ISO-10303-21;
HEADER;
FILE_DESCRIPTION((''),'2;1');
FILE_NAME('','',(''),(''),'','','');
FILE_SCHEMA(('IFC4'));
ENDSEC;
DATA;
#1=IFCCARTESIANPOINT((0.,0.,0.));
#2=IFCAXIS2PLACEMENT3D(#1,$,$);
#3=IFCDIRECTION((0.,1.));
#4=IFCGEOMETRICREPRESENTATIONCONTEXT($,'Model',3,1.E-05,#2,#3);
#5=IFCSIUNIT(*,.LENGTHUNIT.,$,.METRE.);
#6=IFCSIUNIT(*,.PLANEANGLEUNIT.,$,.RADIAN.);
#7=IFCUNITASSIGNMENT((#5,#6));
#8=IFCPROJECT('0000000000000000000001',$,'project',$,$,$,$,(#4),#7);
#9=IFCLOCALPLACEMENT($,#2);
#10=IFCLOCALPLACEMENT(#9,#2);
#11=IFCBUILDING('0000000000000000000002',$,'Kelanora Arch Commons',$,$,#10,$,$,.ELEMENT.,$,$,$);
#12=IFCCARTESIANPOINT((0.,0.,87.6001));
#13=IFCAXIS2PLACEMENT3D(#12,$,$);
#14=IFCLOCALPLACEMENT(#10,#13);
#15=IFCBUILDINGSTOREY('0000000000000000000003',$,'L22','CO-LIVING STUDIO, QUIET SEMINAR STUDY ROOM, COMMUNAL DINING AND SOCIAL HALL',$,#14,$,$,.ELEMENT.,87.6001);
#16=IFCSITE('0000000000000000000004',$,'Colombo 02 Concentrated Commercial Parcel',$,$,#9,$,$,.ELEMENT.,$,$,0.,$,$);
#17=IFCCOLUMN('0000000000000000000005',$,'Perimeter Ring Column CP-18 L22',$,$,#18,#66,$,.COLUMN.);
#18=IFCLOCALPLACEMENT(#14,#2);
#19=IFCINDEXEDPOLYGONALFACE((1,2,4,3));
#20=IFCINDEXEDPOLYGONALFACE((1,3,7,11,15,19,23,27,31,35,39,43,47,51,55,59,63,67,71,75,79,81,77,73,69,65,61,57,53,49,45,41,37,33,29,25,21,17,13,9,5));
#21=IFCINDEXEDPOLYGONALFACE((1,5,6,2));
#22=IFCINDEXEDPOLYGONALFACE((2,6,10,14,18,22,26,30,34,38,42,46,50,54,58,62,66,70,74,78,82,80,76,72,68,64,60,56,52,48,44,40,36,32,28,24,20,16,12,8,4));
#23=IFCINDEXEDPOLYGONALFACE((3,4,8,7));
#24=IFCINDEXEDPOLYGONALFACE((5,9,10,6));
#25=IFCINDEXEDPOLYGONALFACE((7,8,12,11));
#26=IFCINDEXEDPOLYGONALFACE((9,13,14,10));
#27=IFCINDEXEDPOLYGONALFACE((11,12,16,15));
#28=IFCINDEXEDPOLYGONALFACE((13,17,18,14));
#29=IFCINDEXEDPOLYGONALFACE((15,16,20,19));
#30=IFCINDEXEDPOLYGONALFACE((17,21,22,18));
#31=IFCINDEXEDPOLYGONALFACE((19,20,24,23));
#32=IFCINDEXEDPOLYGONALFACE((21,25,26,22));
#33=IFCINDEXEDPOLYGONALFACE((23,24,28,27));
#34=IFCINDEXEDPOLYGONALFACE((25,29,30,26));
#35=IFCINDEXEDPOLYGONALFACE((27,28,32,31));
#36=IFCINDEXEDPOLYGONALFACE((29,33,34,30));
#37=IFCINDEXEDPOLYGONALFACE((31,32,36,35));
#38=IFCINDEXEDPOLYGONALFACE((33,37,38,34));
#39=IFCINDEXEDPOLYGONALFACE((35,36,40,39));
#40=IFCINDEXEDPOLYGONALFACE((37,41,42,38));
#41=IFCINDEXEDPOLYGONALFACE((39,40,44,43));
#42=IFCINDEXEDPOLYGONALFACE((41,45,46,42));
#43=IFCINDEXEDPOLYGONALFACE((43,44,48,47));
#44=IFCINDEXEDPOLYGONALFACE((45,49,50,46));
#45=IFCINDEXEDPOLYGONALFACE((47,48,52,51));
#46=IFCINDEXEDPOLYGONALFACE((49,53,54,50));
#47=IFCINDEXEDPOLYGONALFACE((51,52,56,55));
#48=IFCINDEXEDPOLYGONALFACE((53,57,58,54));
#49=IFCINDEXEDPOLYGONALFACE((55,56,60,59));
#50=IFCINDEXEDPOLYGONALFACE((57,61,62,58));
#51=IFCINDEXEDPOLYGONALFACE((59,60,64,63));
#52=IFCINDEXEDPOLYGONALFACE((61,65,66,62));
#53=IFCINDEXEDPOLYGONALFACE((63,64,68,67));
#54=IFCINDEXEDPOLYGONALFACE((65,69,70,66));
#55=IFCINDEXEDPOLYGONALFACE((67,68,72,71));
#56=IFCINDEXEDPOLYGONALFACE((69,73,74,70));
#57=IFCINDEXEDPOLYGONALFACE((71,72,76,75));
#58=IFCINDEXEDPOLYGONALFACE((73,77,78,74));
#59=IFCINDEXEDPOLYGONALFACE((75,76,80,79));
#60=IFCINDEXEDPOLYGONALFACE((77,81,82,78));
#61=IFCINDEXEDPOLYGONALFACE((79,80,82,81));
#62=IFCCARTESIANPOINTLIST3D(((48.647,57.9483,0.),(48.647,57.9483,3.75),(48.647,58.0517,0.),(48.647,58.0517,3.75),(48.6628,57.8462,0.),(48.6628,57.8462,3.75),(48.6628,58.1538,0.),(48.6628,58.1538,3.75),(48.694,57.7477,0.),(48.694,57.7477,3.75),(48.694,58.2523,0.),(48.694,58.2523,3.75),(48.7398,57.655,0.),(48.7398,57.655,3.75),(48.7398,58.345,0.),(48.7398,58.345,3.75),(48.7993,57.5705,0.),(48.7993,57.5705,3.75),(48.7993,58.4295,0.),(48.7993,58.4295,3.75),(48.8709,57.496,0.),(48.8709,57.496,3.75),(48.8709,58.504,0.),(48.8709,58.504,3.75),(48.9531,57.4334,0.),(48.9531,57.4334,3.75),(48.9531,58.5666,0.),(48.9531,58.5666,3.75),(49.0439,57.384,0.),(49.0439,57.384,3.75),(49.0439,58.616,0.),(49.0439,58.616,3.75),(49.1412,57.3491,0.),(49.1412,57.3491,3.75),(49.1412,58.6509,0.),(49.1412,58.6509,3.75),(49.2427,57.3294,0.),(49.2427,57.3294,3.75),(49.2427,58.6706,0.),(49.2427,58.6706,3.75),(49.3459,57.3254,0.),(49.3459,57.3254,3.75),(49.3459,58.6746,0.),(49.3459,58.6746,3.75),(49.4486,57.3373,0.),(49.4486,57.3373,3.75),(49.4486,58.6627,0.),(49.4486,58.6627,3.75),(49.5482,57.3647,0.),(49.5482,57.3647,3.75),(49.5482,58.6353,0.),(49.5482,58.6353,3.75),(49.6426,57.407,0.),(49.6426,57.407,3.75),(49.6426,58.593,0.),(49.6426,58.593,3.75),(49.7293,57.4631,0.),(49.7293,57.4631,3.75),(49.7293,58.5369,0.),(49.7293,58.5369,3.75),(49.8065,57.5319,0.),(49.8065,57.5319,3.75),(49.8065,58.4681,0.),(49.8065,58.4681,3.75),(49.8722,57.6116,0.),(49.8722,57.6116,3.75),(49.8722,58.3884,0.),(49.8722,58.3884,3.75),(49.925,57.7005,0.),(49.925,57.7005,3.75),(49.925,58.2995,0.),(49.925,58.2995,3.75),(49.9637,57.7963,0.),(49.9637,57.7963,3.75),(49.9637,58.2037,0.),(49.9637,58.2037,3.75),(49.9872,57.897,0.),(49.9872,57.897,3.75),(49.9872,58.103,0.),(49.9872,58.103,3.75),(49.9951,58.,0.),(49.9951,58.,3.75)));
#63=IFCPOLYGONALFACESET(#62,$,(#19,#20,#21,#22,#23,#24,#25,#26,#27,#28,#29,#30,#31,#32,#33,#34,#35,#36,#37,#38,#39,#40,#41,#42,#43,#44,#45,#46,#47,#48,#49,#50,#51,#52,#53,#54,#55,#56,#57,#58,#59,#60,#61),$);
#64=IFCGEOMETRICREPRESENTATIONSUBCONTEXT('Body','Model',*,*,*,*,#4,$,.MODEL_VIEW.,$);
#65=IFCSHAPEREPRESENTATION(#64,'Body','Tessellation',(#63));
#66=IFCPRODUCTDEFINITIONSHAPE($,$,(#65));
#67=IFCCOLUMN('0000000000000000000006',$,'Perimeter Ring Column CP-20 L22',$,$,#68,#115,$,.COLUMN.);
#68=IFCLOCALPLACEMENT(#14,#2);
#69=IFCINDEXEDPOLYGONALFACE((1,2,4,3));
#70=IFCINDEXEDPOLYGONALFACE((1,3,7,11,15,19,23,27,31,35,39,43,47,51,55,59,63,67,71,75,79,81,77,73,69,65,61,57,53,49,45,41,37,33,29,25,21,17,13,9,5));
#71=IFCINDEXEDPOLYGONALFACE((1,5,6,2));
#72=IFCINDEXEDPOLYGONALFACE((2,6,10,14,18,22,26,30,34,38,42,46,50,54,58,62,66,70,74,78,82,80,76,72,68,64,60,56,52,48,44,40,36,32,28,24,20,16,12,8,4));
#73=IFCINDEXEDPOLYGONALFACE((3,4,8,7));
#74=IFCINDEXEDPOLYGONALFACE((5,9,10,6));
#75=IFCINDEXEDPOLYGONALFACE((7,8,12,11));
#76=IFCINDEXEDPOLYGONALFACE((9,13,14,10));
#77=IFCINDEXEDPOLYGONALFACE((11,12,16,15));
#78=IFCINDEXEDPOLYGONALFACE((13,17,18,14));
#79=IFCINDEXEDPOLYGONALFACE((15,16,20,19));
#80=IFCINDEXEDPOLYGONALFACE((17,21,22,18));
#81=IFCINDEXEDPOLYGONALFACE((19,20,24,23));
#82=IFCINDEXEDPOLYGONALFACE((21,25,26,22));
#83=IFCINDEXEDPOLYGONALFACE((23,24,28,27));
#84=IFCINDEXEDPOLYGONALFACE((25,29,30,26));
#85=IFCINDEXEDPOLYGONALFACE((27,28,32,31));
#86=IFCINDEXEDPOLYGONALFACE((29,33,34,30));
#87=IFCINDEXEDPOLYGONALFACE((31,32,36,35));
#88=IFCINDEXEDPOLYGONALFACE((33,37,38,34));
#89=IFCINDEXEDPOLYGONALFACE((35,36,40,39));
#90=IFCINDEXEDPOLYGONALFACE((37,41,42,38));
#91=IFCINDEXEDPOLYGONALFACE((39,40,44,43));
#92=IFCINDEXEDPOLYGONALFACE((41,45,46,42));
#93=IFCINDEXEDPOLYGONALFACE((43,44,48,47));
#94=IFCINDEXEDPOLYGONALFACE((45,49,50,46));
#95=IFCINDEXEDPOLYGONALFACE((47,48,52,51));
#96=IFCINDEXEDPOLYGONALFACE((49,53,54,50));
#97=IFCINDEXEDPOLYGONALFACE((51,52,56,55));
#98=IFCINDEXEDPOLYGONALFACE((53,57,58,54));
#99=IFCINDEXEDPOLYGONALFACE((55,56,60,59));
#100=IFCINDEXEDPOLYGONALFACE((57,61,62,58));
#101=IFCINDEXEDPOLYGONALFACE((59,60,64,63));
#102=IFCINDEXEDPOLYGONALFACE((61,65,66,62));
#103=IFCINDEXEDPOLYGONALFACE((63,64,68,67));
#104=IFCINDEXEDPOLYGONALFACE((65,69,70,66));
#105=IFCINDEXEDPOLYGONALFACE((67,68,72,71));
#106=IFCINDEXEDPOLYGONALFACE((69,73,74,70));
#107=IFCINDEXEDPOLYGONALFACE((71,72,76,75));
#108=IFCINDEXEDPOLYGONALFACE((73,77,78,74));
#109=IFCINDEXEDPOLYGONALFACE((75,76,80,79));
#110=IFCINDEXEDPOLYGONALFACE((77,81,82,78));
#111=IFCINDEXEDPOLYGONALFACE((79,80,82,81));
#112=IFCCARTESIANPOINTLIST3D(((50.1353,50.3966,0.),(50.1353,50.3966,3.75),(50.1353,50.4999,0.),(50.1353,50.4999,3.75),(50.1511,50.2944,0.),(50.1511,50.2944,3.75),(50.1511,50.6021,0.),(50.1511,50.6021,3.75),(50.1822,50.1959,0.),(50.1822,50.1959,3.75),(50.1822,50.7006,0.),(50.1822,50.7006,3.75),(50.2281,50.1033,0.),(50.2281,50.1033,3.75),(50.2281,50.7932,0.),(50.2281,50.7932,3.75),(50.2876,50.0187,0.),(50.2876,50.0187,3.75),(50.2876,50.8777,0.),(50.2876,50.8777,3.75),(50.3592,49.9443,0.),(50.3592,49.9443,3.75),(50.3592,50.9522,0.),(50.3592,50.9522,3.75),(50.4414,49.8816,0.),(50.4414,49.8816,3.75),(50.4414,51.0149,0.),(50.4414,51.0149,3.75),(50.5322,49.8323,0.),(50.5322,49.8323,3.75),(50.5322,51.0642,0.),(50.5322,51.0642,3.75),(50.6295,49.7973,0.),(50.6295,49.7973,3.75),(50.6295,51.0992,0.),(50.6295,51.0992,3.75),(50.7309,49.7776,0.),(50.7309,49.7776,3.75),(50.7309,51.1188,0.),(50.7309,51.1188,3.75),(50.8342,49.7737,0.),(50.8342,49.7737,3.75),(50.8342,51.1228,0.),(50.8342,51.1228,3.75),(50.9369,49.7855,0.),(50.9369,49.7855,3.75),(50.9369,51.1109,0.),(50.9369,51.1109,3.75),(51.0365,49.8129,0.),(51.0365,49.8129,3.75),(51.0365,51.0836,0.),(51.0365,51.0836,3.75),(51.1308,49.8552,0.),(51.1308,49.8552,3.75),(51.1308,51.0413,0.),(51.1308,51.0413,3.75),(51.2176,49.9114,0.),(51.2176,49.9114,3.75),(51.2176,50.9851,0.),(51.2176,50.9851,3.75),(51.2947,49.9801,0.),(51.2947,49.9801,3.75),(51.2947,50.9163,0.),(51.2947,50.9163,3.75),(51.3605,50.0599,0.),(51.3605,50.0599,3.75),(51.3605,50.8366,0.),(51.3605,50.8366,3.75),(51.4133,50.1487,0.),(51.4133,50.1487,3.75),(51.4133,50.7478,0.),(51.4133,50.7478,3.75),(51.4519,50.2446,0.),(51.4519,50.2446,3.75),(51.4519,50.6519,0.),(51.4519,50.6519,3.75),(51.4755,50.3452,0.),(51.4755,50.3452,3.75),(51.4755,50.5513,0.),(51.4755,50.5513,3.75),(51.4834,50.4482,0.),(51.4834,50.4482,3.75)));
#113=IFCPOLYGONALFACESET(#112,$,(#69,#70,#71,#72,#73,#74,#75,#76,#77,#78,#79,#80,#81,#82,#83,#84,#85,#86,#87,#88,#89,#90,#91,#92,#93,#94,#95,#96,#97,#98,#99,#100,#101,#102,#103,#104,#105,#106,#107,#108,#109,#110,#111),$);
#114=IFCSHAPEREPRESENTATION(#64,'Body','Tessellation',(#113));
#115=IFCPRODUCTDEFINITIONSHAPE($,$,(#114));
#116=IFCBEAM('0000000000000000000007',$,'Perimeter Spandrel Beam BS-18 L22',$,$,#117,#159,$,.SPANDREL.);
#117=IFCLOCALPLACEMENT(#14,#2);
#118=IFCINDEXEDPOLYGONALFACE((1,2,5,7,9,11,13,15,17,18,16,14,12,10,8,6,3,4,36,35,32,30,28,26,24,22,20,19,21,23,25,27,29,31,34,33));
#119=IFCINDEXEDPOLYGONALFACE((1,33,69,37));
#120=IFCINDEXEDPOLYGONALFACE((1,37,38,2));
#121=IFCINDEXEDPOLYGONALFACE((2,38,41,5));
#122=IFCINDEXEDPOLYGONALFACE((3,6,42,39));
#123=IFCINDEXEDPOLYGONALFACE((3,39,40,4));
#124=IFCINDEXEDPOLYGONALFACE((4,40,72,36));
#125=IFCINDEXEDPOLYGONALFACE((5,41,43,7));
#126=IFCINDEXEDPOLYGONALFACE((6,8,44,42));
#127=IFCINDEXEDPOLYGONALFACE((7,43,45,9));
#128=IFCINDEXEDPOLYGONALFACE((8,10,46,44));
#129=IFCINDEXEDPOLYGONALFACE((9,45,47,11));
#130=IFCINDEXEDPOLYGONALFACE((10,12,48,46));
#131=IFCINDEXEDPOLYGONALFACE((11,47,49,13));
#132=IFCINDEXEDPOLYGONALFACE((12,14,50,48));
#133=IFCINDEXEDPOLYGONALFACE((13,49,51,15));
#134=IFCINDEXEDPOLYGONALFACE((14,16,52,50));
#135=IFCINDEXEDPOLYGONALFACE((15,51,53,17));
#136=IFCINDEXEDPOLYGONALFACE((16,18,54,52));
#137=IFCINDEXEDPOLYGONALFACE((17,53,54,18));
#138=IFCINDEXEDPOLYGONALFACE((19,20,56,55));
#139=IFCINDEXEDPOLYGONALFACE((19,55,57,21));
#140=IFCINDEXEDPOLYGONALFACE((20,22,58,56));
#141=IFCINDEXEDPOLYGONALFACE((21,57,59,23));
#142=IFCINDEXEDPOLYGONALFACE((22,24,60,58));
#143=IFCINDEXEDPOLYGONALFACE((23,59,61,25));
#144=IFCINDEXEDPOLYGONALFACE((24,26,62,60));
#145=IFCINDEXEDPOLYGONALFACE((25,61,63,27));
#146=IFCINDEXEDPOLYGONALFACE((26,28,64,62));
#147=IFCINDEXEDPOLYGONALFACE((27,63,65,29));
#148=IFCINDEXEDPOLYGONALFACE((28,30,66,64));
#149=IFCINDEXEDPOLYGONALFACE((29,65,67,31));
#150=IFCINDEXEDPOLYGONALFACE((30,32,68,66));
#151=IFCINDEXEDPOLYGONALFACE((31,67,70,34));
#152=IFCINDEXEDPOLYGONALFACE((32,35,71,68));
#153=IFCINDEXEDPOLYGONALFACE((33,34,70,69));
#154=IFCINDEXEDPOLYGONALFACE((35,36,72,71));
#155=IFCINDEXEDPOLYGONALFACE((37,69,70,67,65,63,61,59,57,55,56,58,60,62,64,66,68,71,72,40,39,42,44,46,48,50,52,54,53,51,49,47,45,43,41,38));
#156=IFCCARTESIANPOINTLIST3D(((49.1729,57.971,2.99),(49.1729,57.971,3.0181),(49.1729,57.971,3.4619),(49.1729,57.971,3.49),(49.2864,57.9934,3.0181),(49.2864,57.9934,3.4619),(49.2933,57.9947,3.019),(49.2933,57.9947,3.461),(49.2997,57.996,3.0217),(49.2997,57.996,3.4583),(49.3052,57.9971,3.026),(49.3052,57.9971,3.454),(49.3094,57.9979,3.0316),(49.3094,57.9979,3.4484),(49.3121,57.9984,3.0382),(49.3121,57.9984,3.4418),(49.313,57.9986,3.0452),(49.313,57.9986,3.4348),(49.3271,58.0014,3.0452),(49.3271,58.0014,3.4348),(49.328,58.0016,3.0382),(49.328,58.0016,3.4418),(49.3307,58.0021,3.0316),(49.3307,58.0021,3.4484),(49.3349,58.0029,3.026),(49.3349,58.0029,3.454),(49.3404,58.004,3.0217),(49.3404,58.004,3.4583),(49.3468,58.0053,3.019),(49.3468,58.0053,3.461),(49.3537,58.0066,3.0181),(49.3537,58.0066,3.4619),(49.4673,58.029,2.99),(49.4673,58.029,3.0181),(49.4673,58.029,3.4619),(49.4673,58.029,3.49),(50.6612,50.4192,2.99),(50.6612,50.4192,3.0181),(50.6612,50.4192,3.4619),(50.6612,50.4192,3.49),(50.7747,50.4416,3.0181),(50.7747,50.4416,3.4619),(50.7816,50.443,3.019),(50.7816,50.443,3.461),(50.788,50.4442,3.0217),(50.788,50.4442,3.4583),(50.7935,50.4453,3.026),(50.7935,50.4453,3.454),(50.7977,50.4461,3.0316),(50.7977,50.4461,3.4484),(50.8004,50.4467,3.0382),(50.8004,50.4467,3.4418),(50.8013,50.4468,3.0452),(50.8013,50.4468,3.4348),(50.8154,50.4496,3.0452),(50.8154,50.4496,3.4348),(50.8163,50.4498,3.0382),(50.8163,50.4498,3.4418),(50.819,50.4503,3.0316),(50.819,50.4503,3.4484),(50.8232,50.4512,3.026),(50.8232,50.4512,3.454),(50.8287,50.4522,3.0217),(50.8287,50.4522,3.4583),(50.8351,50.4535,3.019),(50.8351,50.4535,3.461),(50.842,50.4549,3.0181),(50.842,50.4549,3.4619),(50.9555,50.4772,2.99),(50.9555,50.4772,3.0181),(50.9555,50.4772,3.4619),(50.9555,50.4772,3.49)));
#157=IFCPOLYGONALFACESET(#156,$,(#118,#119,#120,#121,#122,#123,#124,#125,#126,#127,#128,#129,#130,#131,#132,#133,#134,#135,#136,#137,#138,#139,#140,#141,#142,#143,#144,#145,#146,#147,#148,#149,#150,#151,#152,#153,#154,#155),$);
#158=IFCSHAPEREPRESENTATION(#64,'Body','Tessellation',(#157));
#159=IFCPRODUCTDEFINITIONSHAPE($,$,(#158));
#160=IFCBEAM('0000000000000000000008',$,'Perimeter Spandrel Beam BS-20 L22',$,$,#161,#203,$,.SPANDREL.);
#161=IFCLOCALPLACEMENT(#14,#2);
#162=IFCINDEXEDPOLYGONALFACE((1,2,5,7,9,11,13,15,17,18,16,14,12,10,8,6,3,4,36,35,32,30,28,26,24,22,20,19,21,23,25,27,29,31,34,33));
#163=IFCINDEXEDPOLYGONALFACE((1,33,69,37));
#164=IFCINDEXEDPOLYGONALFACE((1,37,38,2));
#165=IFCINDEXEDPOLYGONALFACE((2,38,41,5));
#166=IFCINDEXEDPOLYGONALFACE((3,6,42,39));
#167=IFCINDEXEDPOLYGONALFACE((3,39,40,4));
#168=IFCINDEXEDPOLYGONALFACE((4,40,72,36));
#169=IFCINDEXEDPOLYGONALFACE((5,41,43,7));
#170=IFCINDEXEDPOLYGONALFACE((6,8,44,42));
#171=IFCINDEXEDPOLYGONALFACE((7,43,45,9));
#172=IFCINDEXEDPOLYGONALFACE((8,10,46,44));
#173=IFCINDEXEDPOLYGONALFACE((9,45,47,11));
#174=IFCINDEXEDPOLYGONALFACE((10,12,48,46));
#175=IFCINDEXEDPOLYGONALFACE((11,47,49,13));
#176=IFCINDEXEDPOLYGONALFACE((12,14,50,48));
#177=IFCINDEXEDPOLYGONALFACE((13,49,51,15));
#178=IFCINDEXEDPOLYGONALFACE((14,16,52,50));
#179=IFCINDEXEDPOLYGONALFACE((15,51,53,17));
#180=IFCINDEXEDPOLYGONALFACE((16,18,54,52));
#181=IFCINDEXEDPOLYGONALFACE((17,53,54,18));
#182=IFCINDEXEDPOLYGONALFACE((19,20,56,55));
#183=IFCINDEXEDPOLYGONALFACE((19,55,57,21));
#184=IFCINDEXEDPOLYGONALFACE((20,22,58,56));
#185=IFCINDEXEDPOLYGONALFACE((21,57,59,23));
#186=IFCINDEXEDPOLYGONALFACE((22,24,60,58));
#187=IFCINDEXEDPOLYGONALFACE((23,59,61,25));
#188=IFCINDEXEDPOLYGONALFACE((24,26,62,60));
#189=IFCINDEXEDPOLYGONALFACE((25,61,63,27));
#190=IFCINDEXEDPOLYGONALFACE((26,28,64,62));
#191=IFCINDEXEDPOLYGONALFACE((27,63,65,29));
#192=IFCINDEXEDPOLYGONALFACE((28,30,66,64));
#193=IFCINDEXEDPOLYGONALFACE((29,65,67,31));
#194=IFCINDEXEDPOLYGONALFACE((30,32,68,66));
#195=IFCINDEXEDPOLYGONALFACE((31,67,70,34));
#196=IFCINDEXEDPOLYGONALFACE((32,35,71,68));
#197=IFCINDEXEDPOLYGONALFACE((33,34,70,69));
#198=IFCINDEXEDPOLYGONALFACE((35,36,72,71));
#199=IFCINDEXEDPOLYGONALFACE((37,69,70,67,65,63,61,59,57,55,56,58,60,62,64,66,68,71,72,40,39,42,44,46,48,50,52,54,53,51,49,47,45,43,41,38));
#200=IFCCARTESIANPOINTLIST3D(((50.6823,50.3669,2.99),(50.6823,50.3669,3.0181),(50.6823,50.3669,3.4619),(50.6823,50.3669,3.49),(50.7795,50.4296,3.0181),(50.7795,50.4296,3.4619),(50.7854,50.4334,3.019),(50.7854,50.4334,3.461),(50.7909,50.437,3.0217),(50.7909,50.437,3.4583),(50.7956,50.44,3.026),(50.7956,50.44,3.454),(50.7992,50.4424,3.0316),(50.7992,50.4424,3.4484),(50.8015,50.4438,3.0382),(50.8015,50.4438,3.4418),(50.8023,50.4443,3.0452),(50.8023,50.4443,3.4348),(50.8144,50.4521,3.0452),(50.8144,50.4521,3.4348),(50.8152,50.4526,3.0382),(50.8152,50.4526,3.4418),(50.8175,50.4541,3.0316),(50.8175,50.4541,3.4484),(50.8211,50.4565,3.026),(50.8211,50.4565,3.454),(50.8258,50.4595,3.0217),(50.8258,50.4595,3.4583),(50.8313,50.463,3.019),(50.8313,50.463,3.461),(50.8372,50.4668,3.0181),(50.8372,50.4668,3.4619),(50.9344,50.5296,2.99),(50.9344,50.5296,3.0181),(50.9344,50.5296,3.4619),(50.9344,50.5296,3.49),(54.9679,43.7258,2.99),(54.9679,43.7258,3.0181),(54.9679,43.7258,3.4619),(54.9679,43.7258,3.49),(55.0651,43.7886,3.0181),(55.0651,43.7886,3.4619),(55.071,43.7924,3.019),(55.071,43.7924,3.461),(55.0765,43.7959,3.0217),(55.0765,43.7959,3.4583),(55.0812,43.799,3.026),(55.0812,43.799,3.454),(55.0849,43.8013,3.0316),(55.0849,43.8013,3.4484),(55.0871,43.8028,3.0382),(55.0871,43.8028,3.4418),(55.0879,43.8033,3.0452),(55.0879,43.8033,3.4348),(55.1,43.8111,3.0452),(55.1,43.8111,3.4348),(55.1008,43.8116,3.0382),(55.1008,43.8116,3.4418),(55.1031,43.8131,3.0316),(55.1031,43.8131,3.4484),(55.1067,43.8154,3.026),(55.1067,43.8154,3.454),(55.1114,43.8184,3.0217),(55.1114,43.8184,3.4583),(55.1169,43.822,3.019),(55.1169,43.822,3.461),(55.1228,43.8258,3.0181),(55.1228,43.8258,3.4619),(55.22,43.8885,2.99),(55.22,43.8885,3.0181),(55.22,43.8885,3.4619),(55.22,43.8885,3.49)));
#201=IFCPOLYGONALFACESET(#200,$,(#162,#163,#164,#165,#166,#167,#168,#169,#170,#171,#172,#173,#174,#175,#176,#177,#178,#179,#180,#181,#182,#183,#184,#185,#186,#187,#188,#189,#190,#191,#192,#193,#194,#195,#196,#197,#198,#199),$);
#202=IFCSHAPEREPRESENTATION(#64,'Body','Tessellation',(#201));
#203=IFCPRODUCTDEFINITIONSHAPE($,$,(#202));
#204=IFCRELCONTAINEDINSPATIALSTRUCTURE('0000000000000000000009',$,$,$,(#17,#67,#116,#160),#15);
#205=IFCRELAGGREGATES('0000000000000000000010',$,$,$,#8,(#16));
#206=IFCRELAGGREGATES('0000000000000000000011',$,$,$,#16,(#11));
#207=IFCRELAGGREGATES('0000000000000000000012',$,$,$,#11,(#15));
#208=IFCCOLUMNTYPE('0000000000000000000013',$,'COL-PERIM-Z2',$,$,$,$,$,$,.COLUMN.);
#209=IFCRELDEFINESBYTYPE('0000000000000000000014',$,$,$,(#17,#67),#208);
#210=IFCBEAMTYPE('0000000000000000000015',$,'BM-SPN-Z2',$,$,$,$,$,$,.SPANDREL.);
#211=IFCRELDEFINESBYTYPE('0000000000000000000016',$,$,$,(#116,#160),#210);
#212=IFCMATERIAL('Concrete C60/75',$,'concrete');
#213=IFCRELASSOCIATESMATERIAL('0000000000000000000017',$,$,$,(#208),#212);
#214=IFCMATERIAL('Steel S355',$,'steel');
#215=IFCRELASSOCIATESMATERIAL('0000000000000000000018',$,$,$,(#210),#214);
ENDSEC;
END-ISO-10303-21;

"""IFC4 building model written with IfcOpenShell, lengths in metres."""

from ifc_helpers import new_model, si_unit, direction, frame, origin, origin_2d, place, context, subcontext, project, spatial, circle, i_section, extrude, material, material_profile, profile_set, type_object, element, save


model = new_model("IFC4")

# Units and contexts
model_context = context("Model", 3, precision=1e-05, world=origin(), true_north=direction((0.0, 1.0)))
body_context = subcontext(model_context, "Body", "Model", "MODEL_VIEW")
ifc_project = project(units=[si_unit("LENGTHUNIT", "METRE"), si_unit("PLANEANGLEUNIT", "RADIAN")], contexts=[model_context])

# Site, building, storey
site_placement = place(None, origin())
site = spatial("IfcSite", under=ifc_project, at=site_placement, Name="Colombo 02 Concentrated Commercial Parcel", CompositionType="ELEMENT", RefElevation=0.0)
building_placement = place(site_placement, origin())
building = spatial("IfcBuilding", under=site, at=building_placement, Name="Kelanora Arch Commons", CompositionType="ELEMENT")
storey_placement = place(building_placement, frame((0.0, 0.0, 87.6001)))
storey = spatial("IfcBuildingStorey", under=building, at=storey_placement, Name="L22", Description="CO-LIVING STUDIO, QUIET SEMINAR STUDY ROOM, COMMUNAL DINING AND SOCIAL HALL", CompositionType="ELEMENT", Elevation=87.6001)

# Columns
ifc_material_1 = material(Name="Concrete C60/75", Category="concrete")
ifc_material_profile_1 = material_profile(ifc_material_1, circle(Radius=0.675, at=origin_2d()), Name="RCC1350")
ifc_profile_set_1 = profile_set([ifc_material_profile_1], Name="Concrete C60/75")
column_type = type_object("IfcColumnType", Name="COL-PERIM-Z2", PredefinedType="COLUMN", material=ifc_profile_set_1)
for number, where, z_axis, x_axis, name in (
    (1, (49.3201, 58.0, 0.0), (0.0, 0.0, 1.0), (1.0, 0.0, 0.0), "Perimeter Ring Column CP-18 L22"),
    (2, (50.8083, 50.4482, 0.0), (0.0, 0.0, 1.0), (1.0, 0.0, 0.0), "Perimeter Ring Column CP-20 L22"),
):
    element("IfcColumn", number, at=place(storey_placement, frame(where, z_axis=z_axis, x_axis=x_axis)), inside=storey, type_object=column_type, Name=name, PredefinedType="COLUMN", context=body_context, shape_type="SweptSolid", body=[
        extrude(circle(Radius=0.675, at=origin_2d()), origin(), (0.0, 0.0, 1.0), 3.75),
    ])

# Beams
ifc_material_2 = material(Name="Steel S355", Category="steel")
ifc_material_profile_2 = material_profile(ifc_material_2, i_section(OverallWidth=0.3, OverallDepth=0.5, WebThickness=0.0144, FlangeThickness=0.0281, FilletRadius=0.0271, at=origin_2d()), Name="HEB500")
ifc_profile_set_2 = profile_set([ifc_material_profile_2], Name="Steel S355")
beam_type = type_object("IfcBeamType", Name="BM-SPN-Z2", PredefinedType="SPANDREL", material=ifc_profile_set_2)
beam_1_placement = place(storey_placement, frame((49.3201, 58.0, 3.24), z_axis=(0.193358, -0.981128, 0.0), x_axis=(0.981128, 0.193358, 0.0)))
element("IfcBeam", 3, at=beam_1_placement, inside=storey, type_object=beam_type, Name="Perimeter Spandrel Beam BS-18 L22", PredefinedType="SPANDREL", context=body_context, shape_type="SweptSolid", body=[
    extrude(i_section(OverallWidth=0.3, OverallDepth=0.5, WebThickness=0.0144, FlangeThickness=0.0281, FilletRadius=0.0271, at=origin_2d()), origin(), (0.0, 0.0, 1.0), 7.697),
])
beam_2_placement = place(storey_placement, frame((50.8083, 50.4482, 3.24), z_axis=(0.542221, -0.840236, 0.0), x_axis=(0.840236, 0.542221, 0.0)))
element("IfcBeam", 4, at=beam_2_placement, inside=storey, type_object=beam_type, Name="Perimeter Spandrel Beam BS-20 L22", PredefinedType="SPANDREL", context=body_context, shape_type="SweptSolid", body=[
    extrude(i_section(OverallWidth=0.3, OverallDepth=0.5, WebThickness=0.0144, FlangeThickness=0.0281, FilletRadius=0.0271, at=origin_2d()), origin(), (0.0, 0.0, 1.0), 7.9038),
])

save(model, "model.ifc")
